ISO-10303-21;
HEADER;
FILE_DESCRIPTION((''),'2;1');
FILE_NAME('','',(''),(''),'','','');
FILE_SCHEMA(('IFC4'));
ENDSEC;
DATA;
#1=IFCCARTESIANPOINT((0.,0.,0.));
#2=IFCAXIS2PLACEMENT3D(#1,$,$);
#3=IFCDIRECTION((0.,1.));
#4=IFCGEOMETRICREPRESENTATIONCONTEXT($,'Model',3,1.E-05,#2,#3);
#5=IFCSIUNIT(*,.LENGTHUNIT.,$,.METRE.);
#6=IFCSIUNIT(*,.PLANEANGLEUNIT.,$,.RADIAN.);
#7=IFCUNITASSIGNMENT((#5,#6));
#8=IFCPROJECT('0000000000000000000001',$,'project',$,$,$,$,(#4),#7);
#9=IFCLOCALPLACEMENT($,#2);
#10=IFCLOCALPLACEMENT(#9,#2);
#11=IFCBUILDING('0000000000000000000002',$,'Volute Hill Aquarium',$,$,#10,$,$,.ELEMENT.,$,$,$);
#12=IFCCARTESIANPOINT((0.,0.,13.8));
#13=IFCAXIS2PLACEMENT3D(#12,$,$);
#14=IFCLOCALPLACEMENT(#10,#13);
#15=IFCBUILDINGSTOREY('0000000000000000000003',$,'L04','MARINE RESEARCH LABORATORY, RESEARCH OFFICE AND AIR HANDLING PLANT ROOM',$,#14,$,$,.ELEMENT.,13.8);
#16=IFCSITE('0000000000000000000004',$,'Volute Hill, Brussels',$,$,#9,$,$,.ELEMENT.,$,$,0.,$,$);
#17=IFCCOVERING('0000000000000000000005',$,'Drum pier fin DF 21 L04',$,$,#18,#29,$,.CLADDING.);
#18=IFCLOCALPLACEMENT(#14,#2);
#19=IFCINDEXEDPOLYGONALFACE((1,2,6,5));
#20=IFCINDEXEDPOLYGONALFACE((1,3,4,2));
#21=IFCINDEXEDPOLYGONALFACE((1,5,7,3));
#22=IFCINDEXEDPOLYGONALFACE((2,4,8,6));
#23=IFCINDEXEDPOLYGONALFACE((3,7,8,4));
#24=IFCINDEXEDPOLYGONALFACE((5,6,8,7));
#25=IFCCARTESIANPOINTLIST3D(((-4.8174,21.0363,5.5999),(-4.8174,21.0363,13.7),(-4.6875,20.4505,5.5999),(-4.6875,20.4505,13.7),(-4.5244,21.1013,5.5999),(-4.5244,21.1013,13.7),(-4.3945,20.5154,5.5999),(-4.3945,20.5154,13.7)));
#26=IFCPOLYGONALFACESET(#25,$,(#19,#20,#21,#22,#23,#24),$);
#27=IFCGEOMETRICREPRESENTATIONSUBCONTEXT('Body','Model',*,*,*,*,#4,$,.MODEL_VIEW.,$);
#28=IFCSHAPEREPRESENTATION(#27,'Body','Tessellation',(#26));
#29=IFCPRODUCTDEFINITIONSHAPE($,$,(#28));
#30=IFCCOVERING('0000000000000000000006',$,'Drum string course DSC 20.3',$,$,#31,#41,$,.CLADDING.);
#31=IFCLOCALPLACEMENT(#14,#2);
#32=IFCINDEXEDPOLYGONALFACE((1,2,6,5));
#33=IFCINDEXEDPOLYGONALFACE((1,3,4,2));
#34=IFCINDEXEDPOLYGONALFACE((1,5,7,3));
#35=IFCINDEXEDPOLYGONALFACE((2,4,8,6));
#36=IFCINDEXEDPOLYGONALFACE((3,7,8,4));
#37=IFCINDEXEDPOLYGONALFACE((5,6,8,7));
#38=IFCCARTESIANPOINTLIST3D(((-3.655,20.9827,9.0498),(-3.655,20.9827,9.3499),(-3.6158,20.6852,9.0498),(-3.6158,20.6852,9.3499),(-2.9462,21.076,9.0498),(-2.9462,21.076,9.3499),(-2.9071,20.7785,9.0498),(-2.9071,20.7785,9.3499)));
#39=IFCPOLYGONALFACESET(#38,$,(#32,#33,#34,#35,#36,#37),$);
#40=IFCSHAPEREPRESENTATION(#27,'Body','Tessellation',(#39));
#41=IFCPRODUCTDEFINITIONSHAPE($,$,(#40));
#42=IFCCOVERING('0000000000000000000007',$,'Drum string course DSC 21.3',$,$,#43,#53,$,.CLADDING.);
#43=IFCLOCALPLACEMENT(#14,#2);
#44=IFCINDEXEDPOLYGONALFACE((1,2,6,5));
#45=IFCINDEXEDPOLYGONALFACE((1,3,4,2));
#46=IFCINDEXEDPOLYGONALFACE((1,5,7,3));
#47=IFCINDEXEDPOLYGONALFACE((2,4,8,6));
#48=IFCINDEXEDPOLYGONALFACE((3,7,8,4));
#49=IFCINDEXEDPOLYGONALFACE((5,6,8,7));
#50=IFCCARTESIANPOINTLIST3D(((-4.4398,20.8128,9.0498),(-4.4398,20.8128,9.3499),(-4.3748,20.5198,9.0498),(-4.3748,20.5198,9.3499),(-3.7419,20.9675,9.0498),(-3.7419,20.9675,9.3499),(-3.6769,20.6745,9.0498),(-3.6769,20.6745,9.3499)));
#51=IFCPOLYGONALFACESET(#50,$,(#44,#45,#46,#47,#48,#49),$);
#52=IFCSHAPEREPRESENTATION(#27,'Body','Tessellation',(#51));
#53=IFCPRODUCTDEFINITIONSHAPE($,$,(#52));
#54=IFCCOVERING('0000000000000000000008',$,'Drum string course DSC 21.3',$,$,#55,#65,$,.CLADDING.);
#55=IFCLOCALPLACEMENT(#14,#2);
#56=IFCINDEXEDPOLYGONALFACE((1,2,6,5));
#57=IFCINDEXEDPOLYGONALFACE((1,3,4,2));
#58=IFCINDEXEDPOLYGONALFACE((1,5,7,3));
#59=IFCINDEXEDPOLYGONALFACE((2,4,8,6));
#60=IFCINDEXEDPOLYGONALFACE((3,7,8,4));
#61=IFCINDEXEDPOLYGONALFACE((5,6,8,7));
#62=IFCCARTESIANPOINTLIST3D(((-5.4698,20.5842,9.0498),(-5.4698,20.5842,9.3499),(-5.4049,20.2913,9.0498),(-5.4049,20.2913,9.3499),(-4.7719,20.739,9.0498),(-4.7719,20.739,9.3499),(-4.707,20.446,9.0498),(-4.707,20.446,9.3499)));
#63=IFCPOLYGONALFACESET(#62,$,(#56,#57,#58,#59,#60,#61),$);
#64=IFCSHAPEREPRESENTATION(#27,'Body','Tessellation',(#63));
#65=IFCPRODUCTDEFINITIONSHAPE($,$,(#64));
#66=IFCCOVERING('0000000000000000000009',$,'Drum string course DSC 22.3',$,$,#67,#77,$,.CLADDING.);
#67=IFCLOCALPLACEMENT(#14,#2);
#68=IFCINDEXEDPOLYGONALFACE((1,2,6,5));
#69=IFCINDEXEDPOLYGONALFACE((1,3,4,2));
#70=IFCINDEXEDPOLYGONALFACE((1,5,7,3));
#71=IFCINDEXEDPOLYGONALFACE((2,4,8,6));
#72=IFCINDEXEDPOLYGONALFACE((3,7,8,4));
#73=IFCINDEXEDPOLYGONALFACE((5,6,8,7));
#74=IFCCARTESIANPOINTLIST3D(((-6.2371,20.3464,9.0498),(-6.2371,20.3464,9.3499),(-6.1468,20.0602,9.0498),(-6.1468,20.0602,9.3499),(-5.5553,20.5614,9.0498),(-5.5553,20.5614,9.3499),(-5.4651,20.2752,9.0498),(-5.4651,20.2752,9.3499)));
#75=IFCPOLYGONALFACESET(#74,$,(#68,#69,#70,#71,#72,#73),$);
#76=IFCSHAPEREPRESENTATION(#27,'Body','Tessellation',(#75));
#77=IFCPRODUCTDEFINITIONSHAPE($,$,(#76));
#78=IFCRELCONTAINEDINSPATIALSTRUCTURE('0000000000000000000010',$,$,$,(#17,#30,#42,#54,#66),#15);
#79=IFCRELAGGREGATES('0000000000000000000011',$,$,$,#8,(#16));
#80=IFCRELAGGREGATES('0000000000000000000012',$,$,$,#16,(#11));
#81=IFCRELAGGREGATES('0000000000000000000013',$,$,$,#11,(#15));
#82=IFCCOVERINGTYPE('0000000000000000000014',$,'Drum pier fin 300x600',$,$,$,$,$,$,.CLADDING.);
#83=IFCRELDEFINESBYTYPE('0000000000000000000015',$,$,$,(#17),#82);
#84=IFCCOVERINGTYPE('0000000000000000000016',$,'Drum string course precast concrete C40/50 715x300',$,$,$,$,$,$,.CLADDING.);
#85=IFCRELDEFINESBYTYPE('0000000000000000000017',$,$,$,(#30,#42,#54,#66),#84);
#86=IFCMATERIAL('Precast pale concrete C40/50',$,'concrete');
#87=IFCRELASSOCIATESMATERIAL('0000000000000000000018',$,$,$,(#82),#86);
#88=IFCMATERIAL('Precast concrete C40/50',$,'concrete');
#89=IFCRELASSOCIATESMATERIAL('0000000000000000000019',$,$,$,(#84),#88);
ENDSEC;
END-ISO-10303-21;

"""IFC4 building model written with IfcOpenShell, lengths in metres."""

from ifc_helpers import new_model, si_unit, direction, frame, origin, origin_2d, place, context, subcontext, project, spatial, rectangle, extrude, material, type_object, element, save


model = new_model("IFC4")

# Units and contexts
model_context = context("Model", 3, precision=1e-05, world=origin(), true_north=direction((0.0, 1.0)))
body_context = subcontext(model_context, "Body", "Model", "MODEL_VIEW")
ifc_project = project(units=[si_unit("LENGTHUNIT", "METRE"), si_unit("PLANEANGLEUNIT", "RADIAN")], contexts=[model_context])

# Site, building, storey
site_placement = place(None, origin())
site = spatial("IfcSite", under=ifc_project, at=site_placement, Name="Volute Hill, Brussels", CompositionType="ELEMENT", RefElevation=0.0)
building_placement = place(site_placement, origin())
building = spatial("IfcBuilding", under=site, at=building_placement, Name="Volute Hill Aquarium", CompositionType="ELEMENT")
storey_placement = place(building_placement, frame((0.0, 0.0, 13.8)))
storey = spatial("IfcBuildingStorey", under=building, at=storey_placement, Name="L04", Description="MARINE RESEARCH LABORATORY, RESEARCH OFFICE AND AIR HANDLING PLANT ROOM", CompositionType="ELEMENT", Elevation=13.8)

# Coverings
ifc_material_1 = material(Name="Precast pale concrete C40/50", Category="concrete")
covering_type_1 = type_object("IfcCoveringType", Name="Drum pier fin 300x600", PredefinedType="CLADDING", material=ifc_material_1)
for number, where, z_axis, x_axis, name in (
    (1, (-4.606, 20.7759, 5.5999), (0.0, 0.0, 1.0), (-0.976296, -0.21644, 0.0), "Drum pier fin DF 21 L04"),
):
    element("IfcCovering", number, at=place(storey_placement, frame(where, z_axis=z_axis, x_axis=x_axis)), inside=storey, type_object=covering_type_1, Name=name, PredefinedType="CLADDING", context=body_context, shape_type="SweptSolid", body=[
        extrude(rectangle(XDim=0.3, YDim=0.6001, at=origin_2d()), origin(), (0.0, 0.0, 1.0), 8.1001),
    ])
ifc_material_2 = material(Name="Precast concrete C40/50", Category="concrete")
covering_type_2 = type_object("IfcCoveringType", Name="Drum string course precast concrete C40/50 715x300", PredefinedType="CLADDING", material=ifc_material_2)
for number, where, z_axis, x_axis, name in (
    (2, (-3.281, 20.8806, 9.0498), (0.0, 0.0, 1.0), (-0.991445, -0.130526, 0.0), "Drum string course DSC 20.3"),
    (3, (-4.0583, 20.7437, 9.0498), (0.0, 0.0, 1.0), (-0.976296, -0.21644, 0.0), "Drum string course DSC 21.3"),
    (4, (-5.0884, 20.5151, 9.0498), (0.0, 0.0, 1.0), (-0.976296, -0.21644, 0.0), "Drum string course DSC 21.3"),
    (5, (-5.8511, 20.3108, 9.0498), (0.0, 0.0, 1.0), (-0.953717, -0.300706, 0.0), "Drum string course DSC 22.3"),
):
    element("IfcCovering", number, at=place(storey_placement, frame(where, z_axis=z_axis, x_axis=x_axis)), inside=storey, type_object=covering_type_2, Name=name, PredefinedType="CLADDING", context=body_context, shape_type="SweptSolid", body=[
        extrude(rectangle(XDim=0.7148, YDim=0.3, at=origin_2d()), origin(), (0.0, 0.0, 1.0), 0.3),
    ])

save(model, "model.ifc")
